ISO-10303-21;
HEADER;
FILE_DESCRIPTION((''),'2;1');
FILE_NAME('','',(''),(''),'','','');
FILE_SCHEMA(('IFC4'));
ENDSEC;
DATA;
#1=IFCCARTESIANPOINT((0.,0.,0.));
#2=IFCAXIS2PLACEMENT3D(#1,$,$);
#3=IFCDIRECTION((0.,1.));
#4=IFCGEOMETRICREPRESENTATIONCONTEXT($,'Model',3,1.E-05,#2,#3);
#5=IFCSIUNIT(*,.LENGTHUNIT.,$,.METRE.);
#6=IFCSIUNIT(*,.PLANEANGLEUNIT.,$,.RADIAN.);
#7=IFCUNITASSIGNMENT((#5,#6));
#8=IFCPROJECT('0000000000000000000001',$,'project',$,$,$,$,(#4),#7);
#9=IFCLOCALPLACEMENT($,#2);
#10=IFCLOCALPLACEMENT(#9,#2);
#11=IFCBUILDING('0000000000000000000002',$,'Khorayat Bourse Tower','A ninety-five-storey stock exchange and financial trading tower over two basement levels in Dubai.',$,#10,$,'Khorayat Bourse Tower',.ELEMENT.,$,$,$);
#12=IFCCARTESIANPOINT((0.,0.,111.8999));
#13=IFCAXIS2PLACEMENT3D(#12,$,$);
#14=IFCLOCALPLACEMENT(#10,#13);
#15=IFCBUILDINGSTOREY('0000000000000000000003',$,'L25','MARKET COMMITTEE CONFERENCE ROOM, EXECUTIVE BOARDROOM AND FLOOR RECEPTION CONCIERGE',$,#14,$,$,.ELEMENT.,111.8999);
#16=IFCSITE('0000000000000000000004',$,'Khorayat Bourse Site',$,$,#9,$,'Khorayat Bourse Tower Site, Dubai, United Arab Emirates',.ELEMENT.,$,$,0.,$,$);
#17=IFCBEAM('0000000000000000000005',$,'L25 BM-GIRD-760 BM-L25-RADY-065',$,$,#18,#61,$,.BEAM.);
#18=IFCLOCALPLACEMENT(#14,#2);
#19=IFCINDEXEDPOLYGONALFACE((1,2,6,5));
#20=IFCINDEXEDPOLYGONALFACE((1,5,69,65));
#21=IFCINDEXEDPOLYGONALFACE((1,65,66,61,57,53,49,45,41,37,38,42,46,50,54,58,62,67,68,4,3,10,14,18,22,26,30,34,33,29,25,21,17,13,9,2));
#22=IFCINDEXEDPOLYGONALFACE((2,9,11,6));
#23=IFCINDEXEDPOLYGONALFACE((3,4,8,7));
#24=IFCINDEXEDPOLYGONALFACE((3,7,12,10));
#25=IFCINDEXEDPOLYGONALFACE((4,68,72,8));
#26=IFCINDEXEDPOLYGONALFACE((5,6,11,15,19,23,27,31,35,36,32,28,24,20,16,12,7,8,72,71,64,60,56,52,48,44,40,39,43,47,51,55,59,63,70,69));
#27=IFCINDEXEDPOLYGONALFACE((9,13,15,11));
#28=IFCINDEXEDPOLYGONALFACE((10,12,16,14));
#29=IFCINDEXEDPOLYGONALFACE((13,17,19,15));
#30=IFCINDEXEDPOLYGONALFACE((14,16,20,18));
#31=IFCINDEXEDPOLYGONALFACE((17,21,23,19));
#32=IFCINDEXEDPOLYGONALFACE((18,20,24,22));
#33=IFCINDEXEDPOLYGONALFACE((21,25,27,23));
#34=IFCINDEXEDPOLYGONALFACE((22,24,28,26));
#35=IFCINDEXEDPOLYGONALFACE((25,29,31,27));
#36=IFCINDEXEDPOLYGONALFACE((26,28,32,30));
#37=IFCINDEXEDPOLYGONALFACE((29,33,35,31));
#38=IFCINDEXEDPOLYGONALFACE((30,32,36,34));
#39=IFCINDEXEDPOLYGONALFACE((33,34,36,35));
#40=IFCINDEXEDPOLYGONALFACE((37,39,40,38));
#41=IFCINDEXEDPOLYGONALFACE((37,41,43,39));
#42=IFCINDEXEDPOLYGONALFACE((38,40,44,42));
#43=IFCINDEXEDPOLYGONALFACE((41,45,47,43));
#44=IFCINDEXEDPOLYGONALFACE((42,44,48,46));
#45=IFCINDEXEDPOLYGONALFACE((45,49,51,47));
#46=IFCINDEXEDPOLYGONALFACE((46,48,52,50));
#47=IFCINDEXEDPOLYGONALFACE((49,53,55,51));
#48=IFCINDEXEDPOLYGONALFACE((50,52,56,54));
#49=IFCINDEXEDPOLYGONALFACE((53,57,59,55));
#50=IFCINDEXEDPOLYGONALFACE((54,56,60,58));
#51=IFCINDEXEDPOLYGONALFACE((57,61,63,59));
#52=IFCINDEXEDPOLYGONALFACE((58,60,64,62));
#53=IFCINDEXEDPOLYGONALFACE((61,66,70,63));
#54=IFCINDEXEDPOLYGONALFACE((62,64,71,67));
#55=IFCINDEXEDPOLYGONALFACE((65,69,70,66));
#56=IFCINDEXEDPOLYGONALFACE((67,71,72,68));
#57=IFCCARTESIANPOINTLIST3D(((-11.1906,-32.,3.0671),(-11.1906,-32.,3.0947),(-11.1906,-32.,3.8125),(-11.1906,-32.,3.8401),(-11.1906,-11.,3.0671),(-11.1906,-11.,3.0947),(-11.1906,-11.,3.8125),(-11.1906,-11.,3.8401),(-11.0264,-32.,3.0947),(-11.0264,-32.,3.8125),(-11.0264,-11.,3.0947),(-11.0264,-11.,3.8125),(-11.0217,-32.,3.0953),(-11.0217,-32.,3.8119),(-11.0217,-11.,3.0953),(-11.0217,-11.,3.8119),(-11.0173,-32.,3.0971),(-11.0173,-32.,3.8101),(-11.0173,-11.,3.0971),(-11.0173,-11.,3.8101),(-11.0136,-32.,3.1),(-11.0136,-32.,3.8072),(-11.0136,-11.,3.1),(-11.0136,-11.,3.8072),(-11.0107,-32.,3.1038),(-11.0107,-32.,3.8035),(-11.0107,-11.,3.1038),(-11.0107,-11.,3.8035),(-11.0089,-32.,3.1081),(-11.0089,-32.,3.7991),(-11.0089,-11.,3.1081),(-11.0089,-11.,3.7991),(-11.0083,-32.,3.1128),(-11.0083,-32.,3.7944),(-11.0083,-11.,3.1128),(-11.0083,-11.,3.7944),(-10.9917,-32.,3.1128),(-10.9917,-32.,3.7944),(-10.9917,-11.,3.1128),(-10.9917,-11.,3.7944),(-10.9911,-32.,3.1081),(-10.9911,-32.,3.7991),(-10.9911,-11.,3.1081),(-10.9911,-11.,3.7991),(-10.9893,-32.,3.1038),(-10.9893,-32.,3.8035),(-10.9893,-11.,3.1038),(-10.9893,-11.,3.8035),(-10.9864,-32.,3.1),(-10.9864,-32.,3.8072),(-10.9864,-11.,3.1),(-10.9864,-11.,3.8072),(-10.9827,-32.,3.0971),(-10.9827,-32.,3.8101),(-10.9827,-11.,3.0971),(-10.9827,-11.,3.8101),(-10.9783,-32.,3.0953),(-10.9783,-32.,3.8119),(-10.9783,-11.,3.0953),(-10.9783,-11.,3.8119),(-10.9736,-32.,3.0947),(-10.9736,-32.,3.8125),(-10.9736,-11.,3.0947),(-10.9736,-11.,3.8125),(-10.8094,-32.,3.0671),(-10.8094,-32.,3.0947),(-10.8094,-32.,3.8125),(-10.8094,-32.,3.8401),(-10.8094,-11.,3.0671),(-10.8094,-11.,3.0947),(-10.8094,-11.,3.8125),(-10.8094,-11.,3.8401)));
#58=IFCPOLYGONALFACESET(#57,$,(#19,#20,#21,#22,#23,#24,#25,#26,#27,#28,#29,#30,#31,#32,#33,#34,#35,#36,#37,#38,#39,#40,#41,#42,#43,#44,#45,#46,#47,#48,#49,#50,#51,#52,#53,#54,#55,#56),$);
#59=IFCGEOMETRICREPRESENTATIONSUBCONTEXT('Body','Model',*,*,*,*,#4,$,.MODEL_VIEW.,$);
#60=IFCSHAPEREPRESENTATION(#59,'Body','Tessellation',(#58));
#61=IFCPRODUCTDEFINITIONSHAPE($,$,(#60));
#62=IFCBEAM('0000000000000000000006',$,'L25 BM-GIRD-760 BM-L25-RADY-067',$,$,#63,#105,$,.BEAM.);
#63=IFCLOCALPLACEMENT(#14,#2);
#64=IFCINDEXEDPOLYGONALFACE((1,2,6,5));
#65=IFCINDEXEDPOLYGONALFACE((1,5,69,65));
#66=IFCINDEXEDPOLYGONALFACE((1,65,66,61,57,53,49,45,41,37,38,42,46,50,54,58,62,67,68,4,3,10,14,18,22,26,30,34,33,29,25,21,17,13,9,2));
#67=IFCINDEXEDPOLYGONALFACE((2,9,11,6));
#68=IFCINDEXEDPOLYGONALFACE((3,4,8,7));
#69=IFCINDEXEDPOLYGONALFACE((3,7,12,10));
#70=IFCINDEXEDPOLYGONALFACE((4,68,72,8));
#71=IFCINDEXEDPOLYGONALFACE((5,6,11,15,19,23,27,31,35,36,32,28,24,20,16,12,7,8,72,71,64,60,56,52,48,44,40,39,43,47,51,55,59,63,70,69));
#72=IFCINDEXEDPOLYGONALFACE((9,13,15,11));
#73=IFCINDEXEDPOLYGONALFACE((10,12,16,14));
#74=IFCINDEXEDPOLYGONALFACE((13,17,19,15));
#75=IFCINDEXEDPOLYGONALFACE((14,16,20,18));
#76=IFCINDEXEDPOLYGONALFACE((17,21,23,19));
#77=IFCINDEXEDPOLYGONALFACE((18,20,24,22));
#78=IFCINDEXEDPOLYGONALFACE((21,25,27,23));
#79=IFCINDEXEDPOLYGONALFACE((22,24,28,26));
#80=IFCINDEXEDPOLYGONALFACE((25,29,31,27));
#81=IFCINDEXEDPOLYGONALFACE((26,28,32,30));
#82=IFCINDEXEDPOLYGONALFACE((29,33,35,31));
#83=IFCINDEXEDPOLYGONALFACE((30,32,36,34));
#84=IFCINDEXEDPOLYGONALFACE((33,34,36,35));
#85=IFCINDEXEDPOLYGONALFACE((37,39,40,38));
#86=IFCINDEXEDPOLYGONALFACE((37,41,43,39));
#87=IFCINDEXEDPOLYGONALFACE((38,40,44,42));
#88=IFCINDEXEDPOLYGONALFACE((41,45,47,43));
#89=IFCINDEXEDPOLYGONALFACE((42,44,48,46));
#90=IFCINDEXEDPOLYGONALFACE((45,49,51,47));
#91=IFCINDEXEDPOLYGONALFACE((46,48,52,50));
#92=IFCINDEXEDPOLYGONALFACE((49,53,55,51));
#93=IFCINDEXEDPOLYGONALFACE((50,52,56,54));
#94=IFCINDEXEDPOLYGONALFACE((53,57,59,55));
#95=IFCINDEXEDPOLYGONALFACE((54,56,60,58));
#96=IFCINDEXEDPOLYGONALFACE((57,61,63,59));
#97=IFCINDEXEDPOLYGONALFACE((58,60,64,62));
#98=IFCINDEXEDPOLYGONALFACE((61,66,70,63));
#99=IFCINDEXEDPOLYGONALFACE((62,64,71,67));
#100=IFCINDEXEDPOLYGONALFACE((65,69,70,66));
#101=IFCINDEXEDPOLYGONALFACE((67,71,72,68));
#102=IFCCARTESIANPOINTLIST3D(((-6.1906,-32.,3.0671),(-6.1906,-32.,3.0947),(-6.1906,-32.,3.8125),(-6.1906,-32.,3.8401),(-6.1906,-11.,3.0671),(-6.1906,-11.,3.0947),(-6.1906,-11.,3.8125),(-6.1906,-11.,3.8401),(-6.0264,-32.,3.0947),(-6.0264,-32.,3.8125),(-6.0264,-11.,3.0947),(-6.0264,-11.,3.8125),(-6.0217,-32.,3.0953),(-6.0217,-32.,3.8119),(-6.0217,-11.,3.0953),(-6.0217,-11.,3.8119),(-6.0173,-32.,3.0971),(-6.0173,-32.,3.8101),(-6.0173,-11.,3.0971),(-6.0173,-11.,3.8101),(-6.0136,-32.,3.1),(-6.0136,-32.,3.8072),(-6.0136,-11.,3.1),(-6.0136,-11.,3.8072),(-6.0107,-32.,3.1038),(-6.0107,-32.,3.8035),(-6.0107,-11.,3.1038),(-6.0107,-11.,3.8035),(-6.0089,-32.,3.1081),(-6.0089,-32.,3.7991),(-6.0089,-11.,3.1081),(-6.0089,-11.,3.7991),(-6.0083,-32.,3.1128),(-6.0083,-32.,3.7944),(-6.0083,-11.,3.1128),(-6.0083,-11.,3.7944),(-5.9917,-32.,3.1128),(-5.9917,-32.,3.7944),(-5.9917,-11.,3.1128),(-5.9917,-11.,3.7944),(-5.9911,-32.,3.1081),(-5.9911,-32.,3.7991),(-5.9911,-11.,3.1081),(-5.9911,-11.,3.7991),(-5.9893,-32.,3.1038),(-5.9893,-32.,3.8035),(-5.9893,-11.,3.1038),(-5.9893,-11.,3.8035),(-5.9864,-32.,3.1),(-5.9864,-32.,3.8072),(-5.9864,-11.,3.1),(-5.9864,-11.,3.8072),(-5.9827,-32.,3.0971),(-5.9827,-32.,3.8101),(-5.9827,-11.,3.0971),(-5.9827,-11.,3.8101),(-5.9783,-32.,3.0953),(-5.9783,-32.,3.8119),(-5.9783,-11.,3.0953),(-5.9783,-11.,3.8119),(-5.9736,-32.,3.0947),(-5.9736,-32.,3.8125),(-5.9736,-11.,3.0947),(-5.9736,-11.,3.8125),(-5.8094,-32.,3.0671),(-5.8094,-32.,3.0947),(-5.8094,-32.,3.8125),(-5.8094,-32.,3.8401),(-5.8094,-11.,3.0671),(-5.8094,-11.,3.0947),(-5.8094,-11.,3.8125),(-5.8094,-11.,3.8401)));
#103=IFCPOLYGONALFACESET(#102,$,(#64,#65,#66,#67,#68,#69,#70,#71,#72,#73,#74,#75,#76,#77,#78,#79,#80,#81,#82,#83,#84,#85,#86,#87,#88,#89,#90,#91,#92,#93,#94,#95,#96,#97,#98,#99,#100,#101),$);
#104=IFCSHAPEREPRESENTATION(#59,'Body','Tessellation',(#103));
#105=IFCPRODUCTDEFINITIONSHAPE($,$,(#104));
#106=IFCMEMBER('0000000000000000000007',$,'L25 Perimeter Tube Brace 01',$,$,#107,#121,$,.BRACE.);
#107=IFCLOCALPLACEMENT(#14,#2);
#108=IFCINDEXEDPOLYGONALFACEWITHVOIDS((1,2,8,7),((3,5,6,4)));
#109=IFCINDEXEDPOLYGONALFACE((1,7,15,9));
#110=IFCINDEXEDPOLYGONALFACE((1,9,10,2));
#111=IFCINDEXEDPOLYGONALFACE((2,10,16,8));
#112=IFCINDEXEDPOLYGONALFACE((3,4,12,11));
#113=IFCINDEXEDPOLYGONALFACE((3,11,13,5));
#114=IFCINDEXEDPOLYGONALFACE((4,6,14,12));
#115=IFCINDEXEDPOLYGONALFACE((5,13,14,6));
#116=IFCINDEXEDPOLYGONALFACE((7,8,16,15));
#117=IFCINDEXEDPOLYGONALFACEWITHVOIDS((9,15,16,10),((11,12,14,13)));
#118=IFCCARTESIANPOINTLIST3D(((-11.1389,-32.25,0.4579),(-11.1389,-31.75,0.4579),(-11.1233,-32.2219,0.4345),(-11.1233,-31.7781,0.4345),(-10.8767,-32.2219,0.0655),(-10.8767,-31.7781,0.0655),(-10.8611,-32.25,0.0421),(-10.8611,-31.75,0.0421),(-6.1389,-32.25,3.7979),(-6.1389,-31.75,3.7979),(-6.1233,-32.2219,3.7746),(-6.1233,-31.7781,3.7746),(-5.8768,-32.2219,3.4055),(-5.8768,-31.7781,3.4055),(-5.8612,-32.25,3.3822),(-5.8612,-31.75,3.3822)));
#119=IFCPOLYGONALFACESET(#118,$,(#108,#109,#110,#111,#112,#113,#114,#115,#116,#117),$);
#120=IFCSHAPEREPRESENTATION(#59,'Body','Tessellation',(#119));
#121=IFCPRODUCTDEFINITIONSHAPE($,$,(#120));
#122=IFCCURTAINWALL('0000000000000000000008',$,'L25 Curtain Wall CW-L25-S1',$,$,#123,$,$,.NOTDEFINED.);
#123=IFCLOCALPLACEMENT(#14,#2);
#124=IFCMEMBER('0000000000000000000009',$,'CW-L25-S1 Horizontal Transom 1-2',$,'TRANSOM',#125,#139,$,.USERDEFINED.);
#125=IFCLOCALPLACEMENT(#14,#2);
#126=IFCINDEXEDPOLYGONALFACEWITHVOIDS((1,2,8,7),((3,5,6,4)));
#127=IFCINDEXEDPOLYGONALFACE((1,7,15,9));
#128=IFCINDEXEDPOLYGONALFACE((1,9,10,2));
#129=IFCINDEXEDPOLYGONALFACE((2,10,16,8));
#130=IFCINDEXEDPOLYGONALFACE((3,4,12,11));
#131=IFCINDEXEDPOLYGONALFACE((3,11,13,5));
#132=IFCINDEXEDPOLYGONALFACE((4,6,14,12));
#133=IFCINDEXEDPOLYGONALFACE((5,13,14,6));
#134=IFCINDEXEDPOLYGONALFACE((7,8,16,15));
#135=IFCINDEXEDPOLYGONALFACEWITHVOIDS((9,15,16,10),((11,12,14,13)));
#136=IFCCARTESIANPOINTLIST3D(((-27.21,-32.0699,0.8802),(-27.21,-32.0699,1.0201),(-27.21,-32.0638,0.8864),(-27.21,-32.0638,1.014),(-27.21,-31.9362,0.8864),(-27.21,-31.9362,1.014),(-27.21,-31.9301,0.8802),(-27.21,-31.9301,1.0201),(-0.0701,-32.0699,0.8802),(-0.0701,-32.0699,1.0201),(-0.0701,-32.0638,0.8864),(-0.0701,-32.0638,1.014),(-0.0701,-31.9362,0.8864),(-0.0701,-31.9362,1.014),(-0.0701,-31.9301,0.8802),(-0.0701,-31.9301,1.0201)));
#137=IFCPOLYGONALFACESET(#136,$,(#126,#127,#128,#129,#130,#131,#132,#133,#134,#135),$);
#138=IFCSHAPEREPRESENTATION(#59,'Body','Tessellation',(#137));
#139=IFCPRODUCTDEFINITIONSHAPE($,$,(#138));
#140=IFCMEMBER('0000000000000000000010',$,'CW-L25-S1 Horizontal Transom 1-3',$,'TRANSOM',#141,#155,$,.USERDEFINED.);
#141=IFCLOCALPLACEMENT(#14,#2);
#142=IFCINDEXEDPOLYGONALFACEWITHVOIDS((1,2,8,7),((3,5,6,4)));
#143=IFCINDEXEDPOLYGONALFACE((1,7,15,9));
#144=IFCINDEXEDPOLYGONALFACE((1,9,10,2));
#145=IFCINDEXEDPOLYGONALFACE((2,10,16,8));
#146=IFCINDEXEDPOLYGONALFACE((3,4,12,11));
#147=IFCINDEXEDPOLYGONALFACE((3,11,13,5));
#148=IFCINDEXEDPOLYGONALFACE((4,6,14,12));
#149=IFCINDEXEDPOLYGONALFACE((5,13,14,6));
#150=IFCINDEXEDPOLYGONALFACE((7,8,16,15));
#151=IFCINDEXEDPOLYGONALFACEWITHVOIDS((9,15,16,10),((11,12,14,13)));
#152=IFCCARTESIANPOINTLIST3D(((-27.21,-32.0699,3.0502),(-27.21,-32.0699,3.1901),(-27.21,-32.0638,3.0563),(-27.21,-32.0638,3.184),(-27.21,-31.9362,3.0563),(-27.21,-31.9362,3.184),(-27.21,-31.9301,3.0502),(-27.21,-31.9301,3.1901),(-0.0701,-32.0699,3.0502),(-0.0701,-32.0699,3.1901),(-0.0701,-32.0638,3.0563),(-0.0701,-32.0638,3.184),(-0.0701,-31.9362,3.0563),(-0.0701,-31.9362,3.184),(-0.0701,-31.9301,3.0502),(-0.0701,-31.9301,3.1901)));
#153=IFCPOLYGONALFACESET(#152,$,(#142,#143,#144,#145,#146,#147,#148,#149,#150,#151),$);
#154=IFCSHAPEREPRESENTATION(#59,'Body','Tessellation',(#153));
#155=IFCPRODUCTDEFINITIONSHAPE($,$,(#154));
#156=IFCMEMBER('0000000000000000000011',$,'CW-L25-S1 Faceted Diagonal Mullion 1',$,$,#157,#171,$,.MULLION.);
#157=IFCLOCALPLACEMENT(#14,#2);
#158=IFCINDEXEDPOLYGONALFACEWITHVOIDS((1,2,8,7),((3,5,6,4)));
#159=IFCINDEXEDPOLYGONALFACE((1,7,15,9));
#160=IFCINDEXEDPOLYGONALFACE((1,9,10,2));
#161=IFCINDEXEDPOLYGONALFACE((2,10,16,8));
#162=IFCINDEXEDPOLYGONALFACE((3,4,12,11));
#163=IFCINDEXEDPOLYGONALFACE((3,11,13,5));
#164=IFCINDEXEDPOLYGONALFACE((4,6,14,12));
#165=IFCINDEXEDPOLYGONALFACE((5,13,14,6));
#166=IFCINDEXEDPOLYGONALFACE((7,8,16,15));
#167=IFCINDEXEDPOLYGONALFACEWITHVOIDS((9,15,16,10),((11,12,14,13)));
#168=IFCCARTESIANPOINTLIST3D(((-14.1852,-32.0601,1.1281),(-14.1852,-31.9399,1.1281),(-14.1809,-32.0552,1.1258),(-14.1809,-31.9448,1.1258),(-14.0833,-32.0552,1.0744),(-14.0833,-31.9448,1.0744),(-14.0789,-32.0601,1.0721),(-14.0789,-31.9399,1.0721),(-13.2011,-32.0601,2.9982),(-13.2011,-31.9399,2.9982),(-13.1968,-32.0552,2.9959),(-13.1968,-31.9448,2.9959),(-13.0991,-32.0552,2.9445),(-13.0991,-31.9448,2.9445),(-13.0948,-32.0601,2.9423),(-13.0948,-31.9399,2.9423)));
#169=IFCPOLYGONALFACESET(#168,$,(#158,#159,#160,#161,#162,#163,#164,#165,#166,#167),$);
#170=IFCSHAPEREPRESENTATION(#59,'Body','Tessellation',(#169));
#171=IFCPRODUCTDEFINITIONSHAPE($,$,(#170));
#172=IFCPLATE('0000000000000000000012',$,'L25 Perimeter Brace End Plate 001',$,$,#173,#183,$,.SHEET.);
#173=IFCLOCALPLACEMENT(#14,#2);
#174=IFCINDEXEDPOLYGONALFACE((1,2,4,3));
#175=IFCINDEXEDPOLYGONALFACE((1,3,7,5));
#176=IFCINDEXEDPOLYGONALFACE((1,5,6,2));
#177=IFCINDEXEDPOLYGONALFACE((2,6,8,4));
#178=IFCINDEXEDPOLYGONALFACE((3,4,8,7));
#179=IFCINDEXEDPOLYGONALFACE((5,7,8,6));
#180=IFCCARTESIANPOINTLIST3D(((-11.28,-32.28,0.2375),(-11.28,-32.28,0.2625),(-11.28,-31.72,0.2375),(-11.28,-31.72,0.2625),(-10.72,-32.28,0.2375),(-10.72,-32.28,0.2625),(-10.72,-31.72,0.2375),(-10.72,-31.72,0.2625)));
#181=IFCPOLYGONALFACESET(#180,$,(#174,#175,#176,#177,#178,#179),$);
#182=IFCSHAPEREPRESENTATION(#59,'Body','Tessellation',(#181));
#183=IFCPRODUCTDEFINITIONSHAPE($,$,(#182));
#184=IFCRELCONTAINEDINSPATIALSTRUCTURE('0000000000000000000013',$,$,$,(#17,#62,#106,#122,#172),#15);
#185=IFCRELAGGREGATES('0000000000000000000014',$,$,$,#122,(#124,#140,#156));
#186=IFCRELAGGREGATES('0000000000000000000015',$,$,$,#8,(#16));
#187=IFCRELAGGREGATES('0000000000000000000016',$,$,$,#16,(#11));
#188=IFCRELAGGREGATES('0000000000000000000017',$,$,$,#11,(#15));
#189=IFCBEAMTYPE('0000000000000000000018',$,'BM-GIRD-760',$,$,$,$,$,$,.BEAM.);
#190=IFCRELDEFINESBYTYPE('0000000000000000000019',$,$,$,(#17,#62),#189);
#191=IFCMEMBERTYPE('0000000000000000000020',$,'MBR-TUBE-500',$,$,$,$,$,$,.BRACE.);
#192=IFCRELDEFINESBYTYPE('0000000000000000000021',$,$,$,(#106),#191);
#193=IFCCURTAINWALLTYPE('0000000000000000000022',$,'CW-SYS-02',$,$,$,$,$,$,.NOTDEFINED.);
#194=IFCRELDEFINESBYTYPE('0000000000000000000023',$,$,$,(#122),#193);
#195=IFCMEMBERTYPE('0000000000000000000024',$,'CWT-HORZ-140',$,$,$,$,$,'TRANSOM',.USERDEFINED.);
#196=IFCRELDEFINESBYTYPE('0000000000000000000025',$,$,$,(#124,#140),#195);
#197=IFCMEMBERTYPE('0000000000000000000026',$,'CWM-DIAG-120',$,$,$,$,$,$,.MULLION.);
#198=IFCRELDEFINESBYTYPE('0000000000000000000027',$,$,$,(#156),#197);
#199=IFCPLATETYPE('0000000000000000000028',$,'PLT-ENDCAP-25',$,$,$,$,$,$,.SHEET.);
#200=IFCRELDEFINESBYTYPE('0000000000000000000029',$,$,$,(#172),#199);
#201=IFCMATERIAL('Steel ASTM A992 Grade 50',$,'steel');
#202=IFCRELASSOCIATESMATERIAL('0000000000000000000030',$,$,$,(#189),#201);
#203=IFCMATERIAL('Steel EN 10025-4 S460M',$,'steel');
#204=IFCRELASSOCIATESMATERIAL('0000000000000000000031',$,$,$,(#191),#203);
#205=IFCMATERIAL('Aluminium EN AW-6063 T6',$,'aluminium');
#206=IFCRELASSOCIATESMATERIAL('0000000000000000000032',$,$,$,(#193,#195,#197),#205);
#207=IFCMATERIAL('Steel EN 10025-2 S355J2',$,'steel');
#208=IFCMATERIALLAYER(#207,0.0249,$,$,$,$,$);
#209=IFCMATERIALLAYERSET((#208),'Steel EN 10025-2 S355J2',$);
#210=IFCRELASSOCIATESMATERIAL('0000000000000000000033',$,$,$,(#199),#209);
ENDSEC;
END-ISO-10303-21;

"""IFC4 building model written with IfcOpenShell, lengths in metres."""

from ifc_helpers import new_model, si_unit, direction, frame, origin, origin_2d, place, context, subcontext, project, spatial, rectangle, hollow_rectangle, i_section, extrude, source, transform, mapped, material, layer, layer_set, material_profile, profile_set, type_object, element, aggregate, save


model = new_model("IFC4")

# Units and contexts
model_context = context("Model", 3, precision=1e-05, world=origin(), true_north=direction((0.0, 1.0)))
body_context = subcontext(model_context, "Body", "Model", "MODEL_VIEW")
ifc_project = project(units=[si_unit("LENGTHUNIT", "METRE"), si_unit("PLANEANGLEUNIT", "RADIAN")], contexts=[model_context])

# Site, building, storey
site_placement = place(None, origin())
site = spatial("IfcSite", under=ifc_project, at=site_placement, Name="Khorayat Bourse Site", LongName="Khorayat Bourse Tower Site, Dubai, United Arab Emirates", CompositionType="ELEMENT", RefElevation=0.0)
building_placement = place(site_placement, origin())
building = spatial("IfcBuilding", under=site, at=building_placement, Name="Khorayat Bourse Tower", Description="A ninety-five-storey stock exchange and financial trading tower over two basement levels in Dubai.", LongName="Khorayat Bourse Tower", CompositionType="ELEMENT")
storey_placement = place(building_placement, frame((0.0, 0.0, 111.8999)))
storey = spatial("IfcBuildingStorey", under=building, at=storey_placement, Name="L25", Description="MARKET COMMITTEE CONFERENCE ROOM, EXECUTIVE BOARDROOM AND FLOOR RECEPTION CONCIERGE", CompositionType="ELEMENT", Elevation=111.8999)

# Shared definitions
ifc_material_1 = material(Name="Steel EN 10025-4 S460M", Category="steel")

# Beams
ifc_material_2 = material(Name="Steel ASTM A992 Grade 50", Category="steel")
ifc_material_profile_1 = material_profile(ifc_material_2, i_section(OverallWidth=0.3811, OverallDepth=0.7729, WebThickness=0.0166, FlangeThickness=0.0276, FilletRadius=0.0181, at=origin_2d()), Name="W760X257")
ifc_profile_set_1 = profile_set([ifc_material_profile_1], Name="Steel ASTM A992 Grade 50")
beam_type_1 = type_object("IfcBeamType", Name="BM-GIRD-760", PredefinedType="BEAM", material=ifc_profile_set_1)
shared_shape_1 = source(origin(), body_context, "Body", "SweptSolid", [
    extrude(i_section(OverallWidth=0.3811, OverallDepth=0.7729, WebThickness=0.0166, FlangeThickness=0.0276, FilletRadius=0.0181, at=origin_2d()), origin(), (0.0, 0.0, 1.0), 21.0),
])
for number, where, z_axis, x_axis, name in (
    (1, (-11.0, -32.0, 3.4536), (0.0, 1.0, 0.0), (-1.0, 0.0, 0.0), "L25 BM-GIRD-760 BM-L25-RADY-065"),
    (2, (-6.0, -32.0, 3.4536), (0.0, 1.0, 0.0), (-1.0, 0.0, 0.0), "L25 BM-GIRD-760 BM-L25-RADY-067"),
):
    element("IfcBeam", number, at=place(storey_placement, frame(where, z_axis=z_axis, x_axis=x_axis)), inside=storey, type_object=beam_type_1, Name=name, PredefinedType="BEAM", context=body_context, shape_type="MappedRepresentation", body=[
        mapped(shared_shape_1, transform((0.0, 0.0, 0.0), scale=1.0)),
    ])

# Member
ifc_material_profile_2 = material_profile(ifc_material_1, hollow_rectangle(XDim=0.5, YDim=0.5, WallThickness=0.0281, at=origin_2d()), Name="HSS 500x500x28")
ifc_profile_set_2 = profile_set([ifc_material_profile_2], Name="Steel EN 10025-4 S460M")
member_type_1 = type_object("IfcMemberType", Name="MBR-TUBE-500", PredefinedType="BRACE", material=ifc_profile_set_2)
shared_shape_2 = source(origin(), body_context, "Body", "SweptSolid", [
    extrude(hollow_rectangle(XDim=0.5, YDim=0.5, WallThickness=0.0281, at=origin_2d()), origin(), (0.0, 0.0, 1.0), 6.0129),
])
member_1_placement = place(storey_placement, frame((-11.0, -32.0, 0.25), z_axis=(0.831531, 0.0, 0.555478), x_axis=(0.0, 1.0, 0.0)))
element("IfcMember", 3, at=member_1_placement, inside=storey, type_object=member_type_1, Name="L25 Perimeter Tube Brace 01", PredefinedType="BRACE", context=body_context, shape_type="MappedRepresentation", body=[
    mapped(shared_shape_2, transform((0.0, 0.0, 0.0), scale=1.0)),
])

# Curtain wall, members
ifc_material_3 = material(Name="Aluminium EN AW-6063 T6", Category="aluminium")
curtain_wall_type = type_object("IfcCurtainWallType", Name="CW-SYS-02", PredefinedType="NOTDEFINED", material=ifc_material_3)
curtain_wall_placement = place(storey_placement, origin())
curtain_wall = element("IfcCurtainWall", 4, at=curtain_wall_placement, inside=storey, type_object=curtain_wall_type, Name="L25 Curtain Wall CW-L25-S1", PredefinedType="NOTDEFINED")
ifc_material_profile_3 = material_profile(ifc_material_3, hollow_rectangle(XDim=0.1399, YDim=0.1399, WallThickness=0.0061, at=origin_2d()), Name="ALU 140x140x6")
ifc_profile_set_3 = profile_set([ifc_material_profile_3], Name="Aluminium EN AW-6063 T6")
member_type_2 = type_object("IfcMemberType", Name="CWT-HORZ-140", ElementType="TRANSOM", PredefinedType="USERDEFINED", material=ifc_profile_set_3)
shared_shape_3 = source(origin(), body_context, "Body", "SweptSolid", [
    extrude(hollow_rectangle(XDim=0.1399, YDim=0.1399, WallThickness=0.0061, at=origin_2d()), origin(), (0.0, 0.0, 1.0), 27.1399),
])
member_2_placement = place(storey_placement, frame((-27.21, -32.0, 0.9502), z_axis=(1.0, 0.0, 0.0), x_axis=(0.0, 1.0, 0.0)))
member_2 = element("IfcMember", 5, at=member_2_placement, type_object=member_type_2, Name="CW-L25-S1 Horizontal Transom 1-2", ObjectType="TRANSOM", PredefinedType="USERDEFINED", context=body_context, shape_type="MappedRepresentation", body=[
    mapped(shared_shape_3, transform((0.0, 0.0, 0.0), scale=1.0)),
])
member_3_placement = place(storey_placement, frame((-27.21, -32.0, 3.1201), z_axis=(1.0, 0.0, 0.0), x_axis=(0.0, 1.0, 0.0)))
member_3 = element("IfcMember", 6, at=member_3_placement, type_object=member_type_2, Name="CW-L25-S1 Horizontal Transom 1-3", ObjectType="TRANSOM", PredefinedType="USERDEFINED", context=body_context, shape_type="MappedRepresentation", body=[
    mapped(shared_shape_3, transform((0.0, 0.0, 0.0), scale=1.0)),
])
ifc_material_profile_4 = material_profile(ifc_material_3, hollow_rectangle(XDim=0.1201, YDim=0.1201, WallThickness=0.0049, at=origin_2d()), Name="ALU 120x120x5")
ifc_profile_set_4 = profile_set([ifc_material_profile_4], Name="Aluminium EN AW-6063 T6")
member_type_3 = type_object("IfcMemberType", Name="CWM-DIAG-120", PredefinedType="MULLION", material=ifc_profile_set_4)
shared_shape_4 = source(origin(), body_context, "Body", "SweptSolid", [
    extrude(hollow_rectangle(XDim=0.1201, YDim=0.1201, WallThickness=0.0049, at=origin_2d()), origin(), (0.0, 0.0, 1.0), 2.1133),
])
member_4_placement = place(storey_placement, frame((-14.1321, -32.0, 1.1001), z_axis=(0.465694, 0.0, 0.884946), x_axis=(0.0, 1.0, 0.0)))
member_4 = element("IfcMember", 7, at=member_4_placement, type_object=member_type_3, Name="CW-L25-S1 Faceted Diagonal Mullion 1", PredefinedType="MULLION", context=body_context, shape_type="MappedRepresentation", body=[
    mapped(shared_shape_4, transform((0.0, 0.0, 0.0), scale=1.0)),
])

# Plate
ifc_material_4 = material(Name="Steel EN 10025-2 S355J2", Category="steel")
ifc_layer_1 = layer(ifc_material_4, 0.0249)
ifc_layer_set_1 = layer_set([ifc_layer_1], Name="Steel EN 10025-2 S355J2")
plate_type_1 = type_object("IfcPlateType", Name="PLT-ENDCAP-25", PredefinedType="SHEET", material=ifc_layer_set_1)
shared_shape_5 = source(origin(), body_context, "Body", "SweptSolid", [
    extrude(rectangle(XDim=0.5601, YDim=0.5601, at=origin_2d()), origin(), (0.0, 0.0, 1.0), 0.0249),
])
for number, where, z_axis, x_axis, name in (
    (8, (-11.0, -32.0, 0.2375), (0.0, 0.0, 1.0), (1.0, 0.0, 0.0), "L25 Perimeter Brace End Plate 001"),
):
    element("IfcPlate", number, at=place(storey_placement, frame(where, z_axis=z_axis, x_axis=x_axis)), inside=storey, type_object=plate_type_1, Name=name, PredefinedType="SHEET", context=body_context, shape_type="MappedRepresentation", body=[
        mapped(shared_shape_5, transform((0.0, 0.0, 0.0), scale=1.0)),
    ])

aggregate(curtain_wall, [member_2, member_3, member_4])

save(model, "model.ifc")
